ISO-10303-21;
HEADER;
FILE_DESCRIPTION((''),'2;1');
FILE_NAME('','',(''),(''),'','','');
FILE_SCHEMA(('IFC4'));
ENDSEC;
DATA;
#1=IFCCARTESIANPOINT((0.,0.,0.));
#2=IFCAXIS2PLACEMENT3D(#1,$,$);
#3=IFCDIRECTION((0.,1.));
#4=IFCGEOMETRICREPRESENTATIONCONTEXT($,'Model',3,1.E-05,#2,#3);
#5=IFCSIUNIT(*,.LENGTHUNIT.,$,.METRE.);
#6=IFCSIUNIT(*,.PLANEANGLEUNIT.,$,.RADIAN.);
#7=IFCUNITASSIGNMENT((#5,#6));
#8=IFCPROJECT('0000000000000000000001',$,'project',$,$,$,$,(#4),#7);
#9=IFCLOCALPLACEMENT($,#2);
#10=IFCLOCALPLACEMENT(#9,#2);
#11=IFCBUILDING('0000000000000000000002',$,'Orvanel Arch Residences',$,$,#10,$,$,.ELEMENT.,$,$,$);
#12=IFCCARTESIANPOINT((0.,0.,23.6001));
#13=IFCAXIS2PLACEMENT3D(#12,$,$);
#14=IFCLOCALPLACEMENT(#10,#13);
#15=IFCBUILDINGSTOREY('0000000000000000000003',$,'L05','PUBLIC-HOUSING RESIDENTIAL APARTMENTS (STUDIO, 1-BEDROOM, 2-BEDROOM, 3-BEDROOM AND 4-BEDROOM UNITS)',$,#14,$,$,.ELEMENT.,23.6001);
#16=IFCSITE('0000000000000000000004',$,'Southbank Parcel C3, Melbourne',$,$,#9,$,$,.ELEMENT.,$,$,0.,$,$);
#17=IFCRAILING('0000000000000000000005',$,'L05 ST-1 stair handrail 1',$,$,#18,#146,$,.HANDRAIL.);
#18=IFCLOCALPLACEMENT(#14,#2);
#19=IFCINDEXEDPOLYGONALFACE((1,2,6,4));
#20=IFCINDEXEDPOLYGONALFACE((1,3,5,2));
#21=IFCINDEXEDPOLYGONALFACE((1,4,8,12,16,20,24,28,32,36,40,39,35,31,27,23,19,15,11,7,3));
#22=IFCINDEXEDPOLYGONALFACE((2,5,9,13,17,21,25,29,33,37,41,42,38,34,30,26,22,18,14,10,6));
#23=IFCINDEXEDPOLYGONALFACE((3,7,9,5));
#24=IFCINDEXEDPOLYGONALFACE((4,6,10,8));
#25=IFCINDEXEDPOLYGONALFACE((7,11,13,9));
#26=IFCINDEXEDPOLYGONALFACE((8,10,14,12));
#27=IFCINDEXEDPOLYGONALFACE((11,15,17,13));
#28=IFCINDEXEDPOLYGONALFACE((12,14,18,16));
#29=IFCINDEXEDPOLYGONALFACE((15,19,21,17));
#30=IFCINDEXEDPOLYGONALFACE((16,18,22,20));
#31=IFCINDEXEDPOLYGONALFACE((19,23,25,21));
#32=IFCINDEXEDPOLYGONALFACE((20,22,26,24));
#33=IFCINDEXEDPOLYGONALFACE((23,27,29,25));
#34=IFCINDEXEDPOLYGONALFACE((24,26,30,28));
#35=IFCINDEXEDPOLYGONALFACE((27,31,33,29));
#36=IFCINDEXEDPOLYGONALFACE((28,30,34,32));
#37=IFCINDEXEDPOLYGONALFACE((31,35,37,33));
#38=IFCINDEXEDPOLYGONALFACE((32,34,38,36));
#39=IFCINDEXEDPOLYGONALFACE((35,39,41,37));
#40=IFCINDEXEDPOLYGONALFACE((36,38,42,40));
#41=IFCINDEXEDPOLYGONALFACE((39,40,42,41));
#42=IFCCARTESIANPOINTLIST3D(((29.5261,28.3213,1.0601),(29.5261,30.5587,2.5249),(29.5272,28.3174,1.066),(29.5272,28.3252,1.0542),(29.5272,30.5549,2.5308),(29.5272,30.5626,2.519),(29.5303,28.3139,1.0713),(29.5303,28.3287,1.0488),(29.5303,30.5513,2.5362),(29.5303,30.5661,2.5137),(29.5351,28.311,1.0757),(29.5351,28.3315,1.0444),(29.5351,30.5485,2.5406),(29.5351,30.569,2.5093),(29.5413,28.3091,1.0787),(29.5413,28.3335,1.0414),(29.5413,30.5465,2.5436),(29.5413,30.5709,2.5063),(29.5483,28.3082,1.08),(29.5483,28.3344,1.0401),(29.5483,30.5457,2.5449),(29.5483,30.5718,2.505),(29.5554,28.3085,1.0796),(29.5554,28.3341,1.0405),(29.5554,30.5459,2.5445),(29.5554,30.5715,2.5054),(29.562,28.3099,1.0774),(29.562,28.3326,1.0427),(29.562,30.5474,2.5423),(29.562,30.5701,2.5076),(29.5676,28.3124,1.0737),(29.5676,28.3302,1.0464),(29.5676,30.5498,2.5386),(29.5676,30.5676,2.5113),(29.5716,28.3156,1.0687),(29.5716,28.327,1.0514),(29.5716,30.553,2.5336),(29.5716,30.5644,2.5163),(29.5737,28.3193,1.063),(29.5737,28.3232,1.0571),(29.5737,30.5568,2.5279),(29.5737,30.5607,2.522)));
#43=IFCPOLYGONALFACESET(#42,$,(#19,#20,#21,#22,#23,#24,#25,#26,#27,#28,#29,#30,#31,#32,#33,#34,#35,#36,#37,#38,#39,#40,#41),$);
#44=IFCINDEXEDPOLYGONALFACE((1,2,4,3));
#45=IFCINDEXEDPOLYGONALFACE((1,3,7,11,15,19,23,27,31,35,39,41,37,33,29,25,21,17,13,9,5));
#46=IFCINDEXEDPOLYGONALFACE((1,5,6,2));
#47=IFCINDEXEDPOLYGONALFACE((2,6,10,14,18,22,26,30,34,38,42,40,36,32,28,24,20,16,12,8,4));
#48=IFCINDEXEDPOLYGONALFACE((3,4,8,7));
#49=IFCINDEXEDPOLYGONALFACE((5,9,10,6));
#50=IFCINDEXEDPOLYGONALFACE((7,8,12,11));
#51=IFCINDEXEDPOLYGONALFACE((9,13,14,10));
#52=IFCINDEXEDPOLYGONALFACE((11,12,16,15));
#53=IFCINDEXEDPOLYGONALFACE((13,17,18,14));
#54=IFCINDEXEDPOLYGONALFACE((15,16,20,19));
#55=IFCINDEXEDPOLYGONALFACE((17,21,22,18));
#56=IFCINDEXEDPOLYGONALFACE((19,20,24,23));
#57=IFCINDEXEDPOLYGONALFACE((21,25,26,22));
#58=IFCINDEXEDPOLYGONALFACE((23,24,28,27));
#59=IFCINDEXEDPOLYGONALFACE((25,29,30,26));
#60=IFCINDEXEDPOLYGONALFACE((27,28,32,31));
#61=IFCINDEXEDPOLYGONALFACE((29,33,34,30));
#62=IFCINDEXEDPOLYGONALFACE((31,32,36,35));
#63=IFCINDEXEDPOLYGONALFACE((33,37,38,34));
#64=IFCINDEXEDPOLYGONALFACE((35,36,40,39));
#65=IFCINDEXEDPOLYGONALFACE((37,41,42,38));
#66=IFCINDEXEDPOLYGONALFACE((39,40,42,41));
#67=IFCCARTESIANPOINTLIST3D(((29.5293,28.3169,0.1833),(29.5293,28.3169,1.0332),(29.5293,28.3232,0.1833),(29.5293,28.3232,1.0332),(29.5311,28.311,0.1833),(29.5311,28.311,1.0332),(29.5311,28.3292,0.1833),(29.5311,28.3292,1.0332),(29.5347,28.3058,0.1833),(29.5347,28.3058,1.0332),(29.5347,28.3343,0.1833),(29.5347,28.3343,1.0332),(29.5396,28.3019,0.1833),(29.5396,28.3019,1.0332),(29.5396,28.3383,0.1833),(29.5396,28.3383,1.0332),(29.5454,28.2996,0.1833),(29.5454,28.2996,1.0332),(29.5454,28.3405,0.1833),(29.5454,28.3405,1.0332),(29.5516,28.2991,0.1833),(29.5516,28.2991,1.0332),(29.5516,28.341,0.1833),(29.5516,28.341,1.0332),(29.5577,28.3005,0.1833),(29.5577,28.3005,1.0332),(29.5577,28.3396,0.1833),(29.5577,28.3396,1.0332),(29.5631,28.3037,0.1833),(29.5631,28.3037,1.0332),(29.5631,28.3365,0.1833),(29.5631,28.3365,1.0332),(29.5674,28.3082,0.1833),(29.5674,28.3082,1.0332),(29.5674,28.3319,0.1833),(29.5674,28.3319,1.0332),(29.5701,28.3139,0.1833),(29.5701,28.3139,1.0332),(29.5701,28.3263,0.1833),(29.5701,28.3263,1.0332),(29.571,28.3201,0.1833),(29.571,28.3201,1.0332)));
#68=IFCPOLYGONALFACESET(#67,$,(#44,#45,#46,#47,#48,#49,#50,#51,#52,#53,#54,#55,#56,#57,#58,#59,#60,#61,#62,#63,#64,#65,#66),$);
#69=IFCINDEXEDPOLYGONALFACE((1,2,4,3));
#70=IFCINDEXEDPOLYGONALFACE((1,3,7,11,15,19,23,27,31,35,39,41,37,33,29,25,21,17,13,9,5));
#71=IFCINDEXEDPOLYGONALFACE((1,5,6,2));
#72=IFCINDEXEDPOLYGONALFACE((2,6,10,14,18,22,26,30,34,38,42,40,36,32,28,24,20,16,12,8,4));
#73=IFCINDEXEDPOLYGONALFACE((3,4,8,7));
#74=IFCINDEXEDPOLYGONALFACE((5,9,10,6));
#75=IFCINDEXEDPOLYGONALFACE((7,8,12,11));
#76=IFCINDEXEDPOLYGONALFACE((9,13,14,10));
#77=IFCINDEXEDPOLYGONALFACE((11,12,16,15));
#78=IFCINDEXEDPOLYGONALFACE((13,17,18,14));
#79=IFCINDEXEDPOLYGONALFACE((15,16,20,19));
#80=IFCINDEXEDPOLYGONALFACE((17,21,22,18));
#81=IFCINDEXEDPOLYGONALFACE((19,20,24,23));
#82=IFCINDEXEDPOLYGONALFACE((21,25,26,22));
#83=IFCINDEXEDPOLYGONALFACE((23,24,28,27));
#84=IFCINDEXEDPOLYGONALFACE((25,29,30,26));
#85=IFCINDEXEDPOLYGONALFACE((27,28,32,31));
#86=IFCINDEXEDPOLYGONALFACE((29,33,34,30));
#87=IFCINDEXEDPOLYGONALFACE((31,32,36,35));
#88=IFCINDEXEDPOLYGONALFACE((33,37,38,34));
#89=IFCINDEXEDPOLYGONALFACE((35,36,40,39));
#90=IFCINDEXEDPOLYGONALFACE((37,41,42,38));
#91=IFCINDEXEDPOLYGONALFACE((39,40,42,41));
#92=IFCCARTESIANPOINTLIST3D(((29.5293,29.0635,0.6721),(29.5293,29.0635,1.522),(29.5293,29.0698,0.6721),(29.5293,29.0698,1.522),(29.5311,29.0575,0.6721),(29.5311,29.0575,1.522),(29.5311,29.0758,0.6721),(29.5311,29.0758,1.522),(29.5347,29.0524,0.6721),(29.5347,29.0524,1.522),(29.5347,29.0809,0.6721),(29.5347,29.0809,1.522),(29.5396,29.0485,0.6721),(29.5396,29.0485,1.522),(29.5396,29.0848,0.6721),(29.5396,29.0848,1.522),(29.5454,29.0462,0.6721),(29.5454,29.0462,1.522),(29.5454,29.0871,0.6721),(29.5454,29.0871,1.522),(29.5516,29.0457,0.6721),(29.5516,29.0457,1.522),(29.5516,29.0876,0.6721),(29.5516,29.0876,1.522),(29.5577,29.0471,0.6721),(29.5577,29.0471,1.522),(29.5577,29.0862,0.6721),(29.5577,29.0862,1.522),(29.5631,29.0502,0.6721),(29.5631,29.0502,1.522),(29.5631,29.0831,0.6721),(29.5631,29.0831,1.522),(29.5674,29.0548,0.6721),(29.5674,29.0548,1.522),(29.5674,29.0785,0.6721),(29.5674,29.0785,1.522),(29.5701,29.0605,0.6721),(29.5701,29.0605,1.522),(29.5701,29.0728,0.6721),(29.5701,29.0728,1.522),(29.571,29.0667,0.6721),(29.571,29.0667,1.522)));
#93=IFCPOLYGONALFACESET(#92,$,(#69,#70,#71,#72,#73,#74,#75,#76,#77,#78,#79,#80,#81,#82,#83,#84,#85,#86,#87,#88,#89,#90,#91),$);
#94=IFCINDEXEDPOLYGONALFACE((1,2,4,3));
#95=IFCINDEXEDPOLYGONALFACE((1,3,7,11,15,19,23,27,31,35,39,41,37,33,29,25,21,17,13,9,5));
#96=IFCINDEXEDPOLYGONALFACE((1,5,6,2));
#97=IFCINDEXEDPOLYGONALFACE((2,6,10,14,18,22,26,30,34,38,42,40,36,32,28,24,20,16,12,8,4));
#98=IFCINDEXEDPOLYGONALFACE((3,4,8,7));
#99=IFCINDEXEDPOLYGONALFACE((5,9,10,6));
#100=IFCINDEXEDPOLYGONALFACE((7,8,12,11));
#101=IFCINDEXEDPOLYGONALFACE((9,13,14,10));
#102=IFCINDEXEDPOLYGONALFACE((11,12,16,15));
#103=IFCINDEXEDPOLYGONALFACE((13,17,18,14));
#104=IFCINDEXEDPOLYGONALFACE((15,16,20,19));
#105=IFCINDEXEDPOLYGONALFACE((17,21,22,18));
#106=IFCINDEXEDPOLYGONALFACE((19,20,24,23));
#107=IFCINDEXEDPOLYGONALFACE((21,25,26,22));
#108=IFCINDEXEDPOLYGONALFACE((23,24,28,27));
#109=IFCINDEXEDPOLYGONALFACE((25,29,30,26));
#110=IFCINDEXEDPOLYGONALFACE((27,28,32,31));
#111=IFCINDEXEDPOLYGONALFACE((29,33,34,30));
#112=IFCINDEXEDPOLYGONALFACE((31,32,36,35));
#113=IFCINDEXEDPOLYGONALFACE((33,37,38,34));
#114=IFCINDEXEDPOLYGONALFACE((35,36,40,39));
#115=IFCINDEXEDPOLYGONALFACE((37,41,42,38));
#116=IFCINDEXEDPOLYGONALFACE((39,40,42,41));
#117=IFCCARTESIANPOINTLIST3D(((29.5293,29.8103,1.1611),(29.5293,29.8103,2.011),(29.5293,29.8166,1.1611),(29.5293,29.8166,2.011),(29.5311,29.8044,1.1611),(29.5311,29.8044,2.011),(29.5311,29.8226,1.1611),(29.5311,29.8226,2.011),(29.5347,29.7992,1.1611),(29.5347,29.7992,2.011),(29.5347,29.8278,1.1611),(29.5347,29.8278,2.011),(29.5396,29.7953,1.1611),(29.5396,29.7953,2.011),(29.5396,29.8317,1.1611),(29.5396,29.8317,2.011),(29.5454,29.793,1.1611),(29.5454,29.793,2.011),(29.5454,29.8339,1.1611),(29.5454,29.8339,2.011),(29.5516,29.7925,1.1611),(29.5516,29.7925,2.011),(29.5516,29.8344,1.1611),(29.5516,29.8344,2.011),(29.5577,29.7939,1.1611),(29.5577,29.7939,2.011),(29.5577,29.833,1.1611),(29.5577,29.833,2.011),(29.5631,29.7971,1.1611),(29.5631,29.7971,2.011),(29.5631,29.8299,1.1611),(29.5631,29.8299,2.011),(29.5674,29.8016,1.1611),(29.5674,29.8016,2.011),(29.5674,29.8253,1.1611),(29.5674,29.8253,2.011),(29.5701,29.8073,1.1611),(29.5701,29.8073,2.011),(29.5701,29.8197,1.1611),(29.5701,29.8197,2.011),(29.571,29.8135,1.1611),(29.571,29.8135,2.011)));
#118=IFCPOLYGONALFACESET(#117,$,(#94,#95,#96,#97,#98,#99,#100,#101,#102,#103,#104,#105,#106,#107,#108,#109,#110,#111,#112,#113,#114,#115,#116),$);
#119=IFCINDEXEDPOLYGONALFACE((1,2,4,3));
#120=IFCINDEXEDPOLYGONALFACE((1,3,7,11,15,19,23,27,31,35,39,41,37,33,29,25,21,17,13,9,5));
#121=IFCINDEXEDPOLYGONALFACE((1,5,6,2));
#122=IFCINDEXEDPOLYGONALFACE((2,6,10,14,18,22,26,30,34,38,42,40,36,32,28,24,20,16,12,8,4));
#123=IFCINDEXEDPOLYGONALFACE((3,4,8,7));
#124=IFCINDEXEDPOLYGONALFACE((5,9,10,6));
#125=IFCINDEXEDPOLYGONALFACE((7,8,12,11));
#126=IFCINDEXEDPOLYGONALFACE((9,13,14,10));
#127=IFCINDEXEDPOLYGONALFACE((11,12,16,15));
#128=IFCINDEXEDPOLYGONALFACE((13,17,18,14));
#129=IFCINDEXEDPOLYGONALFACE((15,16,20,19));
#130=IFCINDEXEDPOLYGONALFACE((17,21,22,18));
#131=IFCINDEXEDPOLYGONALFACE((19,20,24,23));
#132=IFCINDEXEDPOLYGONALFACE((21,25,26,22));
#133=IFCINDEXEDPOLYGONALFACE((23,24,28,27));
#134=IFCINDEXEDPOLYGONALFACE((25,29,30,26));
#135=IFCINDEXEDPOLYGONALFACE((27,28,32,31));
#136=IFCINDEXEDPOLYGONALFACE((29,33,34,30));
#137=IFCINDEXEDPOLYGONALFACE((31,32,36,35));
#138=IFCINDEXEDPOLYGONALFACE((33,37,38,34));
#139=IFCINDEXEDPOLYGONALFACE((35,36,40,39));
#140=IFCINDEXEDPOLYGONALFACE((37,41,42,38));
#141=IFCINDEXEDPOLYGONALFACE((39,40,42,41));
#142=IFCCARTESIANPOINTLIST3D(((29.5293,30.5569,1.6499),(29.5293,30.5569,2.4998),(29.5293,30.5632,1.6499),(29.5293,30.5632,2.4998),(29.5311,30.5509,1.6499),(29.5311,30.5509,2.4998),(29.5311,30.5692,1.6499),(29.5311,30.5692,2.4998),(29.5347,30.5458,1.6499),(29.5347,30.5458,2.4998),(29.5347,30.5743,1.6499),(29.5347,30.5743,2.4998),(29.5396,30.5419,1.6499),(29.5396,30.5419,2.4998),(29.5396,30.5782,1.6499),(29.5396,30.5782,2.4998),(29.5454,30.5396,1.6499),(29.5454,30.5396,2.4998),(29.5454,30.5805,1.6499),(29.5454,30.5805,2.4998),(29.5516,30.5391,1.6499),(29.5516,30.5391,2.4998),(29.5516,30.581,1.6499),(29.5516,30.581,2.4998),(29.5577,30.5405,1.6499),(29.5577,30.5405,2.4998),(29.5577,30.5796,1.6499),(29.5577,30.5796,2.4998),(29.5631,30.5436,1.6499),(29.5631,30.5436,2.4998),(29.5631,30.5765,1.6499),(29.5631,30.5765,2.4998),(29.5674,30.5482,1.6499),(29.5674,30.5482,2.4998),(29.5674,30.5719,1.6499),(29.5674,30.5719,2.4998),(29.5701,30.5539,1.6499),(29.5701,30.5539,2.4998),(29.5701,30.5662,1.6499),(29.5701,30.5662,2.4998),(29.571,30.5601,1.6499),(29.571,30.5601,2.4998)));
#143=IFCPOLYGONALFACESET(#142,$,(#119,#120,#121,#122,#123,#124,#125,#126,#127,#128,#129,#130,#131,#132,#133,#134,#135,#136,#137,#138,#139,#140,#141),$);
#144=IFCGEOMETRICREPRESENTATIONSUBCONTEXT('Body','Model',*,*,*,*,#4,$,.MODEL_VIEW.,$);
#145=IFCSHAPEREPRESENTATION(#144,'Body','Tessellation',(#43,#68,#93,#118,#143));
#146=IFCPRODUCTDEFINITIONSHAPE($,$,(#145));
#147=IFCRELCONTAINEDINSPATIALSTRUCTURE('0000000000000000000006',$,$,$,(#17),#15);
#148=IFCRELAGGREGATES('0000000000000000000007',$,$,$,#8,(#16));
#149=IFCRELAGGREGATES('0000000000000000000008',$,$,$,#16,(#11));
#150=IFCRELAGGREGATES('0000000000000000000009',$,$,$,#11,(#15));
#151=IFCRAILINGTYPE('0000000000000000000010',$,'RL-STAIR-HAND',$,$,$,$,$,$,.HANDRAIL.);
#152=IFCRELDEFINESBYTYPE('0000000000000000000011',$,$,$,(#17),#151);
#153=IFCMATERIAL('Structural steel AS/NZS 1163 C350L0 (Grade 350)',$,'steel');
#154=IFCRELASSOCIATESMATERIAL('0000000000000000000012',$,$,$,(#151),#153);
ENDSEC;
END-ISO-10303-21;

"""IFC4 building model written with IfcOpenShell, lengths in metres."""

from ifc_helpers import new_model, si_unit, direction, frame, origin, origin_2d, place, context, subcontext, project, spatial, circle, extrude, material, type_object, element, save


model = new_model("IFC4")

# Units and contexts
model_context = context("Model", 3, precision=1e-05, world=origin(), true_north=direction((0.0, 1.0)))
body_context = subcontext(model_context, "Body", "Model", "MODEL_VIEW")
ifc_project = project(units=[si_unit("LENGTHUNIT", "METRE"), si_unit("PLANEANGLEUNIT", "RADIAN")], contexts=[model_context])

# Site, building, storey
site_placement = place(None, origin())
site = spatial("IfcSite", under=ifc_project, at=site_placement, Name="Southbank Parcel C3, Melbourne", CompositionType="ELEMENT", RefElevation=0.0)
building_placement = place(site_placement, origin())
building = spatial("IfcBuilding", under=site, at=building_placement, Name="Orvanel Arch Residences", CompositionType="ELEMENT")
storey_placement = place(building_placement, frame((0.0, 0.0, 23.6001)))
storey = spatial("IfcBuildingStorey", under=building, at=storey_placement, Name="L05", Description="PUBLIC-HOUSING RESIDENTIAL APARTMENTS (STUDIO, 1-BEDROOM, 2-BEDROOM, 3-BEDROOM AND 4-BEDROOM UNITS)", CompositionType="ELEMENT", Elevation=23.6001)

# Railing
ifc_material_1 = material(Name="Structural steel AS/NZS 1163 C350L0 (Grade 350)", Category="steel")
railing_type_1 = type_object("IfcRailingType", Name="RL-STAIR-HAND", PredefinedType="HANDRAIL", material=ifc_material_1)
railing_1_placement = place(storey_placement, frame((29.55, 28.3201, 0.1833)))
element("IfcRailing", 1, at=railing_1_placement, inside=storey, type_object=railing_type_1, Name="L05 ST-1 stair handrail 1", PredefinedType="HANDRAIL", context=body_context, shape_type="SweptSolid", body=[
    extrude(circle(Radius=0.0239, at=origin_2d()), frame((0.0, 0.0012, 0.8767), z_axis=(0.0, 0.836637, 0.547758), x_axis=(-1.0, 0.0, 0.0)), (0.0, 0.0, 1.0), 2.6743),
    extrude(circle(Radius=0.021, at=origin_2d()), origin(), (0.0, 0.0, 1.0), 0.8499),
    extrude(circle(Radius=0.021, at=origin_2d()), frame((0.0, 0.7466, 0.4888)), (0.0, 0.0, 1.0), 0.8499),
    extrude(circle(Radius=0.021, at=origin_2d()), frame((0.0, 1.4934, 0.9778)), (0.0, 0.0, 1.0), 0.8499),
    extrude(circle(Radius=0.021, at=origin_2d()), frame((0.0, 2.24, 1.4666)), (0.0, 0.0, 1.0), 0.8499),
])

save(model, "model.ifc")
